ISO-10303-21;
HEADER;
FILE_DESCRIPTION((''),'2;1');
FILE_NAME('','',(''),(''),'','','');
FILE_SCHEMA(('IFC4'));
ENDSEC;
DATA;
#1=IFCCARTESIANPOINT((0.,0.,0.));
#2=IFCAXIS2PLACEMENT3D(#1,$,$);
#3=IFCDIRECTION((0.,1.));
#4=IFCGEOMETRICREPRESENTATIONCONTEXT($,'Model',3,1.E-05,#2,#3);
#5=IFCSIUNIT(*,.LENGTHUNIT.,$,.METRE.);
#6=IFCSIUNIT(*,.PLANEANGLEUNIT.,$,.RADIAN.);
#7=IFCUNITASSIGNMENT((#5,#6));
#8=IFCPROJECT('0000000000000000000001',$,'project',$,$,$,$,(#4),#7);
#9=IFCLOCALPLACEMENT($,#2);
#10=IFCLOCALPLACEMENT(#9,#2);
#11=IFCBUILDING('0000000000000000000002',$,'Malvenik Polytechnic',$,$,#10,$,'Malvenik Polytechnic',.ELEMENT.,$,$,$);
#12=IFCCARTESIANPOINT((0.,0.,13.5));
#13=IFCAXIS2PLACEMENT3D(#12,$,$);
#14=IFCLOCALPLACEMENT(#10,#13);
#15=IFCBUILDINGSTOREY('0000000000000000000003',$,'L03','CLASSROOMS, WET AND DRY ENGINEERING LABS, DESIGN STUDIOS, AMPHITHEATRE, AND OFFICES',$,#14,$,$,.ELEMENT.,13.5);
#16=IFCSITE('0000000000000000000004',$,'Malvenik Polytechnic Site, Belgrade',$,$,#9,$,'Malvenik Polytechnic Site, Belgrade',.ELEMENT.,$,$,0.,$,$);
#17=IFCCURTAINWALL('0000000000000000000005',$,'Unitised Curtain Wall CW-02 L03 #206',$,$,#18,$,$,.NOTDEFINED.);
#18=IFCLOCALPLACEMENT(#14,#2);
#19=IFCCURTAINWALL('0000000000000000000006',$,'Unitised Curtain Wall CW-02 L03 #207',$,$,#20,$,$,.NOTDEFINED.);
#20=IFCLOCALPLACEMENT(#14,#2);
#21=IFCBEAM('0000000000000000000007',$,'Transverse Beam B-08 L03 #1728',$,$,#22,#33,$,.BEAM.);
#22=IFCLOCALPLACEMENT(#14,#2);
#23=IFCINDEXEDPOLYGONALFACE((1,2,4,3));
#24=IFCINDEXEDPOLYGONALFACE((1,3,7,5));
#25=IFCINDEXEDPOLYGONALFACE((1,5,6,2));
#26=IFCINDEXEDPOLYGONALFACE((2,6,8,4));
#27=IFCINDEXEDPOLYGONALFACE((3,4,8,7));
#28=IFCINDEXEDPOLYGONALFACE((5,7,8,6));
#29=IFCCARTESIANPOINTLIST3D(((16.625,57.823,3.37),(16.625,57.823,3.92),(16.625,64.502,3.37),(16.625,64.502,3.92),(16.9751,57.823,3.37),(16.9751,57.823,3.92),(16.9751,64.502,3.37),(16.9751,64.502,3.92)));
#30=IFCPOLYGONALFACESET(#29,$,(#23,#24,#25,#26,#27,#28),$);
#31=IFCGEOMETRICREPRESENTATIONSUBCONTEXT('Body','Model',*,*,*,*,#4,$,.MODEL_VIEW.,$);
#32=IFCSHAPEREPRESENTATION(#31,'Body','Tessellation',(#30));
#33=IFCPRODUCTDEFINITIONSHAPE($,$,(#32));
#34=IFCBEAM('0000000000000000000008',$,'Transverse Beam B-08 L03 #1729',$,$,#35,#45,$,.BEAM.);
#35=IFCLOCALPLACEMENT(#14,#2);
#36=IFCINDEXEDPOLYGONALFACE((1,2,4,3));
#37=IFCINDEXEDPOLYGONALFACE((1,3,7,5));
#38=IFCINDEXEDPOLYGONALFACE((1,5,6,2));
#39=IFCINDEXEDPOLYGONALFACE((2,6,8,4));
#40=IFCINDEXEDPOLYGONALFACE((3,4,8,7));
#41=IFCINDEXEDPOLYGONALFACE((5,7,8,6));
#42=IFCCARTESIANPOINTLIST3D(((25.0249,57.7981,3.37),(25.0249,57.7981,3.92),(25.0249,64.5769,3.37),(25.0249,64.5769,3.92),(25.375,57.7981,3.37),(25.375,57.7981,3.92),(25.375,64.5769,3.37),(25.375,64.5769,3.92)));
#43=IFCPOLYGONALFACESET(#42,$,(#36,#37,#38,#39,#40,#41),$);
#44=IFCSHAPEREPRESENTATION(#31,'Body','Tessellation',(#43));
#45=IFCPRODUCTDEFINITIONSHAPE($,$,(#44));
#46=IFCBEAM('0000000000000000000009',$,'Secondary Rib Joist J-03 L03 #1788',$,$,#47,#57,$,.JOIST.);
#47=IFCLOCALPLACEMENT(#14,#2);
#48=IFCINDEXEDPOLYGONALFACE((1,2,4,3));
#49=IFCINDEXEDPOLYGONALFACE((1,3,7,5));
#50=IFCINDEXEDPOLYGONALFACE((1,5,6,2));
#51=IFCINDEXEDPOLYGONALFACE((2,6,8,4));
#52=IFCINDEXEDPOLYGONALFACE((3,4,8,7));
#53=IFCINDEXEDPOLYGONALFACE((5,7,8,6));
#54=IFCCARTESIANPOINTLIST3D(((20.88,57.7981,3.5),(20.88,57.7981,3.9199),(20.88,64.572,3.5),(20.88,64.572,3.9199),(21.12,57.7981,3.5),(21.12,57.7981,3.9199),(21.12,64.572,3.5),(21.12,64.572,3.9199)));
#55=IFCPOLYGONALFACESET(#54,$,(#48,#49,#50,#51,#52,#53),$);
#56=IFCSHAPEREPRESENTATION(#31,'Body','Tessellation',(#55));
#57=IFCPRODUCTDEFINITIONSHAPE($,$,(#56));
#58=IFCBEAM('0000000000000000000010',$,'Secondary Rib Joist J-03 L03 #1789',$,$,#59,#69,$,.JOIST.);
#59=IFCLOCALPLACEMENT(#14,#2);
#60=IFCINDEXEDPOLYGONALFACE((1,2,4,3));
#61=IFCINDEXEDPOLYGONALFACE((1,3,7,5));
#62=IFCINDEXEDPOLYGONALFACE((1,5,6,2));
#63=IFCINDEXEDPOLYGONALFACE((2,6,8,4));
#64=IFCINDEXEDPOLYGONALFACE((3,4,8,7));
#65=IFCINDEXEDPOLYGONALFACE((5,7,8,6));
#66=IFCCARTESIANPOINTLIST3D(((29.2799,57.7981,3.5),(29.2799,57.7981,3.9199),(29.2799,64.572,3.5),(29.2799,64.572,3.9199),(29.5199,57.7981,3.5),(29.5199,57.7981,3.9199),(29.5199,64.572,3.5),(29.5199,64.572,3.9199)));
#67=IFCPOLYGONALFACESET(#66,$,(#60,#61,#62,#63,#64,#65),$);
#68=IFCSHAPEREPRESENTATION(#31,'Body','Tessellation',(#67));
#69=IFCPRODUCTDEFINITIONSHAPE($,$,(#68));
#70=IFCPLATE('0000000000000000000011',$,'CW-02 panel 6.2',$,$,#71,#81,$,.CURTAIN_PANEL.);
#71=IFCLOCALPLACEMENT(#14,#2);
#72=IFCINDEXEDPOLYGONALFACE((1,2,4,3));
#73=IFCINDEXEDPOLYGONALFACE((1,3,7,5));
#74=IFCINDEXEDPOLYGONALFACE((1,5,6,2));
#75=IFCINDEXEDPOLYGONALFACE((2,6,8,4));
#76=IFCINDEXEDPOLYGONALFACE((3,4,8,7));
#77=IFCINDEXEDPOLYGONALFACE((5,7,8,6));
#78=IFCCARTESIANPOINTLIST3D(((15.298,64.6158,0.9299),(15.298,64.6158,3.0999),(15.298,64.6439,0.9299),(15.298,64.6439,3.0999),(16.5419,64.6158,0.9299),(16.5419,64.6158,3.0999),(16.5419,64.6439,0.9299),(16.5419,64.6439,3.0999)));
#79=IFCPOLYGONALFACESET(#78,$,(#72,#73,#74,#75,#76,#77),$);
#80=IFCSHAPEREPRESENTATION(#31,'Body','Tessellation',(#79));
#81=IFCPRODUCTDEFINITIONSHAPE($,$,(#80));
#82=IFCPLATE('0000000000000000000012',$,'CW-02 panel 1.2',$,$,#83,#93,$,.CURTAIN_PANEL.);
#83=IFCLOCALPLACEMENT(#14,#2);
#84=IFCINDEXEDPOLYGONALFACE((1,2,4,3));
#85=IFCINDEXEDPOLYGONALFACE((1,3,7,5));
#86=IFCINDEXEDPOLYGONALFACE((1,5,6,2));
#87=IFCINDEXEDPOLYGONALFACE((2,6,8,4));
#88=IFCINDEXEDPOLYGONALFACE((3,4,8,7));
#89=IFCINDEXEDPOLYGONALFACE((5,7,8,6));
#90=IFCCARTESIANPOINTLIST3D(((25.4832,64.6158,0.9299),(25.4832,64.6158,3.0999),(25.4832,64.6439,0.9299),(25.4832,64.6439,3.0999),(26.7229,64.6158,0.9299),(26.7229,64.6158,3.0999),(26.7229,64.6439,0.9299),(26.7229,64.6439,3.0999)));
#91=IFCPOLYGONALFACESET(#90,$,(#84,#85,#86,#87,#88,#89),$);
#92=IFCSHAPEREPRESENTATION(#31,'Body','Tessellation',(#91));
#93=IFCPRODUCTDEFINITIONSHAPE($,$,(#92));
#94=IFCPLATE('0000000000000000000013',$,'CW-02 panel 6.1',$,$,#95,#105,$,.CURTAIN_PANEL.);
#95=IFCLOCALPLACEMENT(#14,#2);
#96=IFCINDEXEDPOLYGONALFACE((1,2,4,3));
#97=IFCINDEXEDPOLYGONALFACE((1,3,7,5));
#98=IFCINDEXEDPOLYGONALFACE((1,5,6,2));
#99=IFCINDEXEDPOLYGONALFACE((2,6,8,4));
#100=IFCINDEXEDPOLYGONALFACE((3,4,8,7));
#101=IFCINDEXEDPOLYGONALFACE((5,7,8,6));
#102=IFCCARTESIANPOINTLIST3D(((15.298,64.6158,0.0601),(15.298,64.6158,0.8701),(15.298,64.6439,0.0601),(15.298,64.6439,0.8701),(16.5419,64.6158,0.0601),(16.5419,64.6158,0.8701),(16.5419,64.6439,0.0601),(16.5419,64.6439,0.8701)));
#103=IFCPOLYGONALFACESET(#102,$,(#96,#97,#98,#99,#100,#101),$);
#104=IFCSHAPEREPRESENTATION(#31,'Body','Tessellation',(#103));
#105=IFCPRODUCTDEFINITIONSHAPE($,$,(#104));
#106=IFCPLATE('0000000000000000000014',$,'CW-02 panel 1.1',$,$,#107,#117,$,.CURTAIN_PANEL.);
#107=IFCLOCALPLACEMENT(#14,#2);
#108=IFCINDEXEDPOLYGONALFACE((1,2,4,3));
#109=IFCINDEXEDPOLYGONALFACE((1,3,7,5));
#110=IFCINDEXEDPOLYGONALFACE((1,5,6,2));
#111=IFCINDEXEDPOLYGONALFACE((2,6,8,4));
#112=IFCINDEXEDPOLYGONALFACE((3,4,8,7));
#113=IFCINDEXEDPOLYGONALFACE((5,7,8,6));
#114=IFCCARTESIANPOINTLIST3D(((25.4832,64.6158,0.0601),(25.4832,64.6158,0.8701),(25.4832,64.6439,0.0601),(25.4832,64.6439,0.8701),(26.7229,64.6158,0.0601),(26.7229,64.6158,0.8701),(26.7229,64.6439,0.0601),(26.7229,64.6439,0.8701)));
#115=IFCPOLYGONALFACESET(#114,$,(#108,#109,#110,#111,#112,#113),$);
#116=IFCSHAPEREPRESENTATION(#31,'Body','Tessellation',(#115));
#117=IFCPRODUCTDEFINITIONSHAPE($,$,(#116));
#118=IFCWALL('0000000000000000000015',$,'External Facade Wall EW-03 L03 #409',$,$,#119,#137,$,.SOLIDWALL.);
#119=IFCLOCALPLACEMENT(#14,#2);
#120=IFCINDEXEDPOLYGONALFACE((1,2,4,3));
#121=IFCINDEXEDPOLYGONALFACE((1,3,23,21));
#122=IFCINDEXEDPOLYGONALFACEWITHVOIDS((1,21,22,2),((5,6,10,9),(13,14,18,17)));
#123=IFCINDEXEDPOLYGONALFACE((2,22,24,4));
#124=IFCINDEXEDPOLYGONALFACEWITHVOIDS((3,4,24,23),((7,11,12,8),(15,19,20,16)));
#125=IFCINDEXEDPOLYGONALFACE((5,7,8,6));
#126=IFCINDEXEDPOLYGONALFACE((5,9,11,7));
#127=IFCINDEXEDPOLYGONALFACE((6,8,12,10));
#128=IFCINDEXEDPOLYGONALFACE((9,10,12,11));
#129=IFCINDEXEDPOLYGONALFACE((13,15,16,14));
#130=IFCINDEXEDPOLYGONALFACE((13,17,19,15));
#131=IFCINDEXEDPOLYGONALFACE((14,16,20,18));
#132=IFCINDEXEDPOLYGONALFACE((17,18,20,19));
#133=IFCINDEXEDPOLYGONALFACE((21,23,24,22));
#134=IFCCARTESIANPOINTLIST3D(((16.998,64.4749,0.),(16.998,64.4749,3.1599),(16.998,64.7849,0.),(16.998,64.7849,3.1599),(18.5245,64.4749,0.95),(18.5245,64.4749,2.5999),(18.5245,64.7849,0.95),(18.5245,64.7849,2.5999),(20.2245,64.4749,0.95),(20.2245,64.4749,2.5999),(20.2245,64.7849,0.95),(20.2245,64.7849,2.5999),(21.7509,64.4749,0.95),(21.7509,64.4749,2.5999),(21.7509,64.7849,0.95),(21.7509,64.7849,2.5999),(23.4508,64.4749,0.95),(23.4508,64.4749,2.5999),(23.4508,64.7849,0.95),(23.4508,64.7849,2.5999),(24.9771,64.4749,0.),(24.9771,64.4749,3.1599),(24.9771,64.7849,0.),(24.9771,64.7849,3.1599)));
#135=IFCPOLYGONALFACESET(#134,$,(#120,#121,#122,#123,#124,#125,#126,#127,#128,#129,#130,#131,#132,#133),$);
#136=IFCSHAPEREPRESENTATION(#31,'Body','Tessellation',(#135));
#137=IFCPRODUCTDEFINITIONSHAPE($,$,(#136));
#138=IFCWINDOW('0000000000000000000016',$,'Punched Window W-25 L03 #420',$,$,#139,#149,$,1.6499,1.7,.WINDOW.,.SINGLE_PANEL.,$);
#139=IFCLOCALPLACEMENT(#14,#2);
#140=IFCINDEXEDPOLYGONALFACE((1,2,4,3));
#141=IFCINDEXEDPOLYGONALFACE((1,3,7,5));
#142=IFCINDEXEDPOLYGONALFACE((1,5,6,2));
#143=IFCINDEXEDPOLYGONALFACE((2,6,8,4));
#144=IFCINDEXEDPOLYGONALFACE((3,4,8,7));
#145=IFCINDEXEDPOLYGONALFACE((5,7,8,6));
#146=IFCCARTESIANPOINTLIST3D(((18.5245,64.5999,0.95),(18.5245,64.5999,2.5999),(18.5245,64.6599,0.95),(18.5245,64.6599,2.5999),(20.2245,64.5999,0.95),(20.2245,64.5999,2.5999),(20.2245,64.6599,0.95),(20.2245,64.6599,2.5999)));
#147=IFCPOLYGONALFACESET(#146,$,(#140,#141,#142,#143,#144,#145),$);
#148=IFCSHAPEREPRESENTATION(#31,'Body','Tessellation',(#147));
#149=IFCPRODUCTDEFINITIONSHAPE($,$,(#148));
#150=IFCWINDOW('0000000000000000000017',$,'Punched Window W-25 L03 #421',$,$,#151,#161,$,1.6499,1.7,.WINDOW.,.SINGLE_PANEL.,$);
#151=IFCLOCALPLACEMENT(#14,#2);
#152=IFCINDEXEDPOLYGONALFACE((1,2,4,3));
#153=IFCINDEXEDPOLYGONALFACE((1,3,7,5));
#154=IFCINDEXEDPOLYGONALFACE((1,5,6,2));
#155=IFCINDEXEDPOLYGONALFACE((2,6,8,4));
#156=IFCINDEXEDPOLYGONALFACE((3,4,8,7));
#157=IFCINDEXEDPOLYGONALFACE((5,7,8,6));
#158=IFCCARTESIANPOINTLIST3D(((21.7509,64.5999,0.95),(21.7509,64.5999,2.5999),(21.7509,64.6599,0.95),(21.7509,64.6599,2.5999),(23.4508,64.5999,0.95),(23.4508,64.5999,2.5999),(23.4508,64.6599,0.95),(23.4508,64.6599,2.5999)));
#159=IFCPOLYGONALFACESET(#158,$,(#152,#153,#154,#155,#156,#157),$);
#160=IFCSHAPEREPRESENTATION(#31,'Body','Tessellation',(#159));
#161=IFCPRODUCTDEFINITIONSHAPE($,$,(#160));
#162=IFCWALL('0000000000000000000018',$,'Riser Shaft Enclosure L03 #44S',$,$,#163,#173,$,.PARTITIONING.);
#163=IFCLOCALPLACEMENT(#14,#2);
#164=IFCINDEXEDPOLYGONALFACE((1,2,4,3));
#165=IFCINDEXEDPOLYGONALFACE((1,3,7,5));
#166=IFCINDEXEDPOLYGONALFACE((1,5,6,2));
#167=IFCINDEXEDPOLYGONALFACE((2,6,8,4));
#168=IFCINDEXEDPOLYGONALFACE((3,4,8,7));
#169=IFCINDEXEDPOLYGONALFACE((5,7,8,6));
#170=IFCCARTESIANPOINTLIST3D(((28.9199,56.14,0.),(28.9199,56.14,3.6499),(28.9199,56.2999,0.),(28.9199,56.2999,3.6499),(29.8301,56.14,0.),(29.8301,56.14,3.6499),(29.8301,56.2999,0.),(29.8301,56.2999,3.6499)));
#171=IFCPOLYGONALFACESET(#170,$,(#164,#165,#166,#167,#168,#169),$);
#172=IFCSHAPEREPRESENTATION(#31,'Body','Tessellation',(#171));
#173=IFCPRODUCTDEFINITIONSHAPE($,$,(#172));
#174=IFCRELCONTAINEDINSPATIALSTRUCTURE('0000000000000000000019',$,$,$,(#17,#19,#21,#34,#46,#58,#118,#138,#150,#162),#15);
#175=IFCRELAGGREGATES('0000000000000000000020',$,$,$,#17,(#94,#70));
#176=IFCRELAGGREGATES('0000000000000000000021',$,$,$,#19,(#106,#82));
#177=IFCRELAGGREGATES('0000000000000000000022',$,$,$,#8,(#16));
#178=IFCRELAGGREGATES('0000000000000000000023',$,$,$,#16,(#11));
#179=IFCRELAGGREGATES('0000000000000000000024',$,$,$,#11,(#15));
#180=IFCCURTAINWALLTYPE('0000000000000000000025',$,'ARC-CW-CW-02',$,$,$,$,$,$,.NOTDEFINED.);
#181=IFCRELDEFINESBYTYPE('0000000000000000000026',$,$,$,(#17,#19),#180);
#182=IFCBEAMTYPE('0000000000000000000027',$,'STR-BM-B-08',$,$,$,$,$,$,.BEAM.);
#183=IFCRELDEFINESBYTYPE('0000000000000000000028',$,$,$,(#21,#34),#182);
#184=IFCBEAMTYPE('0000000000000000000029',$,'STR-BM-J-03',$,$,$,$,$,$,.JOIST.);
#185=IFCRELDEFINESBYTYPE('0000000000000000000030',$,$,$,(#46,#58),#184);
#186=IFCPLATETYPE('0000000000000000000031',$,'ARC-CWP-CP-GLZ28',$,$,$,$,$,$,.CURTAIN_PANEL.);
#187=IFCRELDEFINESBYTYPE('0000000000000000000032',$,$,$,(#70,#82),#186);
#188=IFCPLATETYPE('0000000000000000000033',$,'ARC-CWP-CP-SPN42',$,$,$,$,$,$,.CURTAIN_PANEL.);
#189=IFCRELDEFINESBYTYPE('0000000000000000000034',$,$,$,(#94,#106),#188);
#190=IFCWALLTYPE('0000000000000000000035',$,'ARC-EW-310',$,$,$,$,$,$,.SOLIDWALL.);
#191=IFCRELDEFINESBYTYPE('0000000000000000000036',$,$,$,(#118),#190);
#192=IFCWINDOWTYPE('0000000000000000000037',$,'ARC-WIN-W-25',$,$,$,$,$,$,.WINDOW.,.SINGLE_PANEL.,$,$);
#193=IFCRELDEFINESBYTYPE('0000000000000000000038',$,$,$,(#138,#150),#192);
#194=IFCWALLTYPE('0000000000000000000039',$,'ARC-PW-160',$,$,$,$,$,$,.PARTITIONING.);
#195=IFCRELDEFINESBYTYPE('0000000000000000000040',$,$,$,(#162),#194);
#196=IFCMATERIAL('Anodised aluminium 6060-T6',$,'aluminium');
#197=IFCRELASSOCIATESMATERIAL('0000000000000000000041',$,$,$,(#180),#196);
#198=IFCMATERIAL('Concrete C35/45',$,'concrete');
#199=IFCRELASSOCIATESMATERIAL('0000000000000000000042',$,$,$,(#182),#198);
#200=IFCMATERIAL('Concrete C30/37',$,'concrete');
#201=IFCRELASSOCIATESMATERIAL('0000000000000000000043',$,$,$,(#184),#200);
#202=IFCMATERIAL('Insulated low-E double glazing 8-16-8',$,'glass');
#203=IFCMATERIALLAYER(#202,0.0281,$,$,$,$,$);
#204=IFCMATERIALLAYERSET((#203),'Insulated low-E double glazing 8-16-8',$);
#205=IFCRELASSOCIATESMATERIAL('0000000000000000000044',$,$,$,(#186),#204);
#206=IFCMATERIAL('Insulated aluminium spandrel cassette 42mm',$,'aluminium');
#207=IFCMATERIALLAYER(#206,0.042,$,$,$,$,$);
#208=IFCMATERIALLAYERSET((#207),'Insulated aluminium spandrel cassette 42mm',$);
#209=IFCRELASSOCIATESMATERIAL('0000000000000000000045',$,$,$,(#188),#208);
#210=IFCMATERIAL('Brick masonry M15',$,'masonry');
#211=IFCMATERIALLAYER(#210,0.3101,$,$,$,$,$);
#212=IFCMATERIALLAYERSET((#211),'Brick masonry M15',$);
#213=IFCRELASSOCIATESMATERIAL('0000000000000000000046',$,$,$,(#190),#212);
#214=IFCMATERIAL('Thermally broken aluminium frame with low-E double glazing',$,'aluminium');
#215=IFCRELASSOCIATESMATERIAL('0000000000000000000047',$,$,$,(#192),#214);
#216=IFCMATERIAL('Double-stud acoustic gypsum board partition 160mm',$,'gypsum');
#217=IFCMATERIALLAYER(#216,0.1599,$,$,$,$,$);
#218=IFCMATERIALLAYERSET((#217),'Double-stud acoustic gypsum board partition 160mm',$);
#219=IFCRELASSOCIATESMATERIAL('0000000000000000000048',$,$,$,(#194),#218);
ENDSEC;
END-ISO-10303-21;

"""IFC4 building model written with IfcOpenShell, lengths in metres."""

from ifc_helpers import new_model, si_unit, direction, frame, frame_2d, origin, origin_2d, place, context, subcontext, project, spatial, rectangle, extrude, material, layer, layer_set, material_profile, profile_set, type_object, element, fill, aggregate, save


model = new_model("IFC4")

# Units and contexts
model_context = context("Model", 3, precision=1e-05, world=origin(), true_north=direction((0.0, 1.0)))
body_context = subcontext(model_context, "Body", "Model", "MODEL_VIEW")
ifc_project = project(units=[si_unit("LENGTHUNIT", "METRE"), si_unit("PLANEANGLEUNIT", "RADIAN")], contexts=[model_context])

# Site, building, storey
site_placement = place(None, origin())
site = spatial("IfcSite", under=ifc_project, at=site_placement, Name="Malvenik Polytechnic Site, Belgrade", LongName="Malvenik Polytechnic Site, Belgrade", CompositionType="ELEMENT", RefElevation=0.0)
building_placement = place(site_placement, origin())
building = spatial("IfcBuilding", under=site, at=building_placement, Name="Malvenik Polytechnic", LongName="Malvenik Polytechnic", CompositionType="ELEMENT")
storey_placement = place(building_placement, frame((0.0, 0.0, 13.5)))
storey = spatial("IfcBuildingStorey", under=building, at=storey_placement, Name="L03", Description="CLASSROOMS, WET AND DRY ENGINEERING LABS, DESIGN STUDIOS, AMPHITHEATRE, AND OFFICES", CompositionType="ELEMENT", Elevation=13.5)

# Shared definitions
ifc_material_1 = material(Name="Concrete C35/45", Category="concrete")
ifc_material_2 = material(Name="Concrete C30/37", Category="concrete")

# Curtain wall
ifc_material_3 = material(Name="Anodised aluminium 6060-T6", Category="aluminium")
curtain_wall_type = type_object("IfcCurtainWallType", Name="ARC-CW-CW-02", PredefinedType="NOTDEFINED", material=ifc_material_3)
curtain_wall_1_placement = place(storey_placement, origin())
curtain_wall_1 = element("IfcCurtainWall", 1, at=curtain_wall_1_placement, inside=storey, type_object=curtain_wall_type, Name="Unitised Curtain Wall CW-02 L03 #206", PredefinedType="NOTDEFINED")

# Curtain wall
curtain_wall_2_placement = place(storey_placement, origin())
curtain_wall_2 = element("IfcCurtainWall", 2, at=curtain_wall_2_placement, inside=storey, type_object=curtain_wall_type, Name="Unitised Curtain Wall CW-02 L03 #207", PredefinedType="NOTDEFINED")

# Beams
ifc_material_profile_1 = material_profile(ifc_material_1, rectangle(XDim=0.3501, YDim=0.55, at=origin_2d()), Name="RC BM 350x550")
ifc_profile_set_1 = profile_set([ifc_material_profile_1], Name="Concrete C35/45")
beam_type_1 = type_object("IfcBeamType", Name="STR-BM-B-08", PredefinedType="BEAM", material=ifc_profile_set_1)
beam_1_placement = place(storey_placement, frame((16.8, 57.823, 3.645), z_axis=(0.0, 1.0, 0.0), x_axis=(-1.0, 0.0, 0.0)))
element("IfcBeam", 3, at=beam_1_placement, inside=storey, type_object=beam_type_1, Name="Transverse Beam B-08 L03 #1728", PredefinedType="BEAM", context=body_context, shape_type="SweptSolid", body=[
    extrude(rectangle(XDim=0.3501, YDim=0.55, at=origin_2d()), origin(), (0.0, 0.0, 1.0), 6.679),
])
beam_2_placement = place(storey_placement, frame((25.2, 57.7981, 3.645), z_axis=(0.0, 1.0, 0.0), x_axis=(-1.0, 0.0, 0.0)))
element("IfcBeam", 4, at=beam_2_placement, inside=storey, type_object=beam_type_1, Name="Transverse Beam B-08 L03 #1729", PredefinedType="BEAM", context=body_context, shape_type="SweptSolid", body=[
    extrude(rectangle(XDim=0.3501, YDim=0.55, at=origin_2d()), origin(), (0.0, 0.0, 1.0), 6.7788),
])
ifc_material_profile_2 = material_profile(ifc_material_2, rectangle(XDim=0.24, YDim=0.4199, at=origin_2d()), Name="RC JST 240x420")
ifc_profile_set_2 = profile_set([ifc_material_profile_2], Name="Concrete C30/37")
beam_type_2 = type_object("IfcBeamType", Name="STR-BM-J-03", PredefinedType="JOIST", material=ifc_profile_set_2)
for number, where, z_axis, x_axis, name in (
    (5, (21.0, 57.7981, 3.71), (0.0, 1.0, 0.0), (-1.0, 0.0, 0.0), "Secondary Rib Joist J-03 L03 #1788"),
    (6, (29.3999, 57.7981, 3.71), (0.0, 1.0, 0.0), (-1.0, 0.0, 0.0), "Secondary Rib Joist J-03 L03 #1789"),
):
    element("IfcBeam", number, at=place(storey_placement, frame(where, z_axis=z_axis, x_axis=x_axis)), inside=storey, type_object=beam_type_2, Name=name, PredefinedType="JOIST", context=body_context, shape_type="SweptSolid", body=[
        extrude(rectangle(XDim=0.24, YDim=0.4199, at=origin_2d()), origin(), (0.0, 0.0, 1.0), 6.7739),
    ])

# Plates
ifc_material_4 = material(Name="Insulated low-E double glazing 8-16-8", Category="glass")
ifc_layer_1 = layer(ifc_material_4, 0.0281)
ifc_layer_set_1 = layer_set([ifc_layer_1], Name="Insulated low-E double glazing 8-16-8")
plate_type_1 = type_object("IfcPlateType", Name="ARC-CWP-CP-GLZ28", PredefinedType="CURTAIN_PANEL", material=ifc_layer_set_1)
plate_1_placement = place(storey_placement, frame((15.9199, 64.6299, 0.9299), z_axis=(0.0, 0.0, 1.0), x_axis=(1.0, 0.0, 0.0)))
plate_1 = element("IfcPlate", 7, at=plate_1_placement, type_object=plate_type_1, Name="CW-02 panel 6.2", PredefinedType="CURTAIN_PANEL", context=body_context, shape_type="SweptSolid", body=[
    extrude(rectangle(XDim=1.2439, YDim=0.0281, at=origin_2d()), origin(), (0.0, 0.0, 1.0), 2.1699),
])
plate_2_placement = place(storey_placement, frame((26.103, 64.6299, 0.9299), z_axis=(0.0, 0.0, 1.0), x_axis=(1.0, 0.0, 0.0)))
plate_2 = element("IfcPlate", 8, at=plate_2_placement, type_object=plate_type_1, Name="CW-02 panel 1.2", PredefinedType="CURTAIN_PANEL", context=body_context, shape_type="SweptSolid", body=[
    extrude(rectangle(XDim=1.2397, YDim=0.0281, at=origin_2d()), origin(), (0.0, 0.0, 1.0), 2.1699),
])
ifc_material_5 = material(Name="Insulated aluminium spandrel cassette 42mm", Category="aluminium")
ifc_layer_2 = layer(ifc_material_5, 0.042)
ifc_layer_set_2 = layer_set([ifc_layer_2], Name="Insulated aluminium spandrel cassette 42mm")
plate_type_2 = type_object("IfcPlateType", Name="ARC-CWP-CP-SPN42", PredefinedType="CURTAIN_PANEL", material=ifc_layer_set_2)
plate_3_placement = place(storey_placement, frame((15.9199, 64.6299, 0.0601), z_axis=(0.0, 0.0, 1.0), x_axis=(1.0, 0.0, 0.0)))
plate_3 = element("IfcPlate", 9, at=plate_3_placement, type_object=plate_type_2, Name="CW-02 panel 6.1", PredefinedType="CURTAIN_PANEL", context=body_context, shape_type="SweptSolid", body=[
    extrude(rectangle(XDim=1.2439, YDim=0.0281, at=origin_2d()), origin(), (0.0, 0.0, 1.0), 0.8101),
])
aggregate(curtain_wall_1, [plate_3, plate_1])
plate_4_placement = place(storey_placement, frame((26.103, 64.6299, 0.0601), z_axis=(0.0, 0.0, 1.0), x_axis=(1.0, 0.0, 0.0)))
plate_4 = element("IfcPlate", 10, at=plate_4_placement, type_object=plate_type_2, Name="CW-02 panel 1.1", PredefinedType="CURTAIN_PANEL", context=body_context, shape_type="SweptSolid", body=[
    extrude(rectangle(XDim=1.2397, YDim=0.0281, at=origin_2d()), origin(), (0.0, 0.0, 1.0), 0.8101),
])
aggregate(curtain_wall_2, [plate_4, plate_2])

# Wall, openings, windows
ifc_material_6 = material(Name="Brick masonry M15", Category="masonry")
ifc_layer_3 = layer(ifc_material_6, 0.3101)
ifc_layer_set_3 = layer_set([ifc_layer_3], Name="Brick masonry M15")
wall_type_1 = type_object("IfcWallType", Name="ARC-EW-310", PredefinedType="SOLIDWALL", material=ifc_layer_set_3)
wall_1_placement = place(storey_placement, frame((16.998, 64.6299, 0.0), z_axis=(0.0, 0.0, 1.0), x_axis=(1.0, 0.0, 0.0)))
wall_1 = element("IfcWall", 11, at=wall_1_placement, inside=storey, type_object=wall_type_1, Name="External Facade Wall EW-03 L03 #409", PredefinedType="SOLIDWALL", context=body_context, shape_type="SweptSolid", body=[
    extrude(rectangle(XDim=7.979, YDim=0.3101, at=frame_2d((3.9895, 0.0))), origin(), (0.0, 0.0, 1.0), 3.1599),
])
opening_1_placement = place(wall_1_placement, frame((1.5264, 0.0, 0.95)))
opening_1 = element("IfcOpeningElement", 12, at=opening_1_placement, cuts=wall_1, PredefinedType="OPENING", context=body_context, shape_type="SweptSolid", body=[
    extrude(rectangle(XDim=1.7, YDim=1.6499, at=frame_2d((0.8501, 0.825))), frame((0.0, 0.165, 0.0), z_axis=(0.0, -1.0, 0.0), x_axis=(1.0, 0.0, 0.0)), (0.0, 0.0, 1.0), 0.3301),
])
opening_2_placement = place(wall_1_placement, frame((4.7527, 0.0, 0.95)))
opening_2 = element("IfcOpeningElement", 13, at=opening_2_placement, cuts=wall_1, PredefinedType="OPENING", context=body_context, shape_type="SweptSolid", body=[
    extrude(rectangle(XDim=1.7, YDim=1.6499, at=frame_2d((0.8501, 0.825))), frame((0.0, 0.165, 0.0), z_axis=(0.0, -1.0, 0.0), x_axis=(1.0, 0.0, 0.0)), (0.0, 0.0, 1.0), 0.3301),
])
ifc_material_7 = material(Name="Thermally broken aluminium frame with low-E double glazing", Category="aluminium")
window_type = type_object("IfcWindowType", Name="ARC-WIN-W-25", PartitioningType="SINGLE_PANEL", PredefinedType="WINDOW", material=ifc_material_7)
window_1_placement = place(opening_1_placement, origin())
window_1 = element("IfcWindow", 14, at=window_1_placement, inside=storey, type_object=window_type, Name="Punched Window W-25 L03 #420", OverallHeight=1.6499, OverallWidth=1.7, PartitioningType="SINGLE_PANEL", PredefinedType="WINDOW", context=body_context, shape_type="SweptSolid", body=[
    extrude(rectangle(XDim=1.7, YDim=1.6499, at=frame_2d((0.8501, 0.825))), frame((0.0, 0.03, 0.0), z_axis=(0.0, -1.0, 0.0), x_axis=(1.0, 0.0, 0.0)), (0.0, 0.0, 1.0), 0.0601),
])
fill(opening_1, window_1)
window_2_placement = place(opening_2_placement, origin())
window_2 = element("IfcWindow", 15, at=window_2_placement, inside=storey, type_object=window_type, Name="Punched Window W-25 L03 #421", OverallHeight=1.6499, OverallWidth=1.7, PartitioningType="SINGLE_PANEL", PredefinedType="WINDOW", context=body_context, shape_type="SweptSolid", body=[
    extrude(rectangle(XDim=1.7, YDim=1.6499, at=frame_2d((0.8501, 0.825))), frame((0.0, 0.03, 0.0), z_axis=(0.0, -1.0, 0.0), x_axis=(1.0, 0.0, 0.0)), (0.0, 0.0, 1.0), 0.0601),
])
fill(opening_2, window_2)

# Wall
ifc_material_8 = material(Name="Double-stud acoustic gypsum board partition 160mm", Category="gypsum")
ifc_layer_4 = layer(ifc_material_8, 0.1599)
ifc_layer_set_4 = layer_set([ifc_layer_4], Name="Double-stud acoustic gypsum board partition 160mm")
wall_type_2 = type_object("IfcWallType", Name="ARC-PW-160", PredefinedType="PARTITIONING", material=ifc_layer_set_4)
wall_2_placement = place(storey_placement, frame((28.9199, 56.22, 0.0), z_axis=(0.0, 0.0, 1.0), x_axis=(1.0, 0.0, 0.0)))
element("IfcWall", 16, at=wall_2_placement, inside=storey, type_object=wall_type_2, Name="Riser Shaft Enclosure L03 #44S", PredefinedType="PARTITIONING", context=body_context, shape_type="SweptSolid", body=[
    extrude(rectangle(XDim=0.9102, YDim=0.1599, at=frame_2d((0.4551, 0.0))), origin(), (0.0, 0.0, 1.0), 3.6499),
])

save(model, "model.ifc")
